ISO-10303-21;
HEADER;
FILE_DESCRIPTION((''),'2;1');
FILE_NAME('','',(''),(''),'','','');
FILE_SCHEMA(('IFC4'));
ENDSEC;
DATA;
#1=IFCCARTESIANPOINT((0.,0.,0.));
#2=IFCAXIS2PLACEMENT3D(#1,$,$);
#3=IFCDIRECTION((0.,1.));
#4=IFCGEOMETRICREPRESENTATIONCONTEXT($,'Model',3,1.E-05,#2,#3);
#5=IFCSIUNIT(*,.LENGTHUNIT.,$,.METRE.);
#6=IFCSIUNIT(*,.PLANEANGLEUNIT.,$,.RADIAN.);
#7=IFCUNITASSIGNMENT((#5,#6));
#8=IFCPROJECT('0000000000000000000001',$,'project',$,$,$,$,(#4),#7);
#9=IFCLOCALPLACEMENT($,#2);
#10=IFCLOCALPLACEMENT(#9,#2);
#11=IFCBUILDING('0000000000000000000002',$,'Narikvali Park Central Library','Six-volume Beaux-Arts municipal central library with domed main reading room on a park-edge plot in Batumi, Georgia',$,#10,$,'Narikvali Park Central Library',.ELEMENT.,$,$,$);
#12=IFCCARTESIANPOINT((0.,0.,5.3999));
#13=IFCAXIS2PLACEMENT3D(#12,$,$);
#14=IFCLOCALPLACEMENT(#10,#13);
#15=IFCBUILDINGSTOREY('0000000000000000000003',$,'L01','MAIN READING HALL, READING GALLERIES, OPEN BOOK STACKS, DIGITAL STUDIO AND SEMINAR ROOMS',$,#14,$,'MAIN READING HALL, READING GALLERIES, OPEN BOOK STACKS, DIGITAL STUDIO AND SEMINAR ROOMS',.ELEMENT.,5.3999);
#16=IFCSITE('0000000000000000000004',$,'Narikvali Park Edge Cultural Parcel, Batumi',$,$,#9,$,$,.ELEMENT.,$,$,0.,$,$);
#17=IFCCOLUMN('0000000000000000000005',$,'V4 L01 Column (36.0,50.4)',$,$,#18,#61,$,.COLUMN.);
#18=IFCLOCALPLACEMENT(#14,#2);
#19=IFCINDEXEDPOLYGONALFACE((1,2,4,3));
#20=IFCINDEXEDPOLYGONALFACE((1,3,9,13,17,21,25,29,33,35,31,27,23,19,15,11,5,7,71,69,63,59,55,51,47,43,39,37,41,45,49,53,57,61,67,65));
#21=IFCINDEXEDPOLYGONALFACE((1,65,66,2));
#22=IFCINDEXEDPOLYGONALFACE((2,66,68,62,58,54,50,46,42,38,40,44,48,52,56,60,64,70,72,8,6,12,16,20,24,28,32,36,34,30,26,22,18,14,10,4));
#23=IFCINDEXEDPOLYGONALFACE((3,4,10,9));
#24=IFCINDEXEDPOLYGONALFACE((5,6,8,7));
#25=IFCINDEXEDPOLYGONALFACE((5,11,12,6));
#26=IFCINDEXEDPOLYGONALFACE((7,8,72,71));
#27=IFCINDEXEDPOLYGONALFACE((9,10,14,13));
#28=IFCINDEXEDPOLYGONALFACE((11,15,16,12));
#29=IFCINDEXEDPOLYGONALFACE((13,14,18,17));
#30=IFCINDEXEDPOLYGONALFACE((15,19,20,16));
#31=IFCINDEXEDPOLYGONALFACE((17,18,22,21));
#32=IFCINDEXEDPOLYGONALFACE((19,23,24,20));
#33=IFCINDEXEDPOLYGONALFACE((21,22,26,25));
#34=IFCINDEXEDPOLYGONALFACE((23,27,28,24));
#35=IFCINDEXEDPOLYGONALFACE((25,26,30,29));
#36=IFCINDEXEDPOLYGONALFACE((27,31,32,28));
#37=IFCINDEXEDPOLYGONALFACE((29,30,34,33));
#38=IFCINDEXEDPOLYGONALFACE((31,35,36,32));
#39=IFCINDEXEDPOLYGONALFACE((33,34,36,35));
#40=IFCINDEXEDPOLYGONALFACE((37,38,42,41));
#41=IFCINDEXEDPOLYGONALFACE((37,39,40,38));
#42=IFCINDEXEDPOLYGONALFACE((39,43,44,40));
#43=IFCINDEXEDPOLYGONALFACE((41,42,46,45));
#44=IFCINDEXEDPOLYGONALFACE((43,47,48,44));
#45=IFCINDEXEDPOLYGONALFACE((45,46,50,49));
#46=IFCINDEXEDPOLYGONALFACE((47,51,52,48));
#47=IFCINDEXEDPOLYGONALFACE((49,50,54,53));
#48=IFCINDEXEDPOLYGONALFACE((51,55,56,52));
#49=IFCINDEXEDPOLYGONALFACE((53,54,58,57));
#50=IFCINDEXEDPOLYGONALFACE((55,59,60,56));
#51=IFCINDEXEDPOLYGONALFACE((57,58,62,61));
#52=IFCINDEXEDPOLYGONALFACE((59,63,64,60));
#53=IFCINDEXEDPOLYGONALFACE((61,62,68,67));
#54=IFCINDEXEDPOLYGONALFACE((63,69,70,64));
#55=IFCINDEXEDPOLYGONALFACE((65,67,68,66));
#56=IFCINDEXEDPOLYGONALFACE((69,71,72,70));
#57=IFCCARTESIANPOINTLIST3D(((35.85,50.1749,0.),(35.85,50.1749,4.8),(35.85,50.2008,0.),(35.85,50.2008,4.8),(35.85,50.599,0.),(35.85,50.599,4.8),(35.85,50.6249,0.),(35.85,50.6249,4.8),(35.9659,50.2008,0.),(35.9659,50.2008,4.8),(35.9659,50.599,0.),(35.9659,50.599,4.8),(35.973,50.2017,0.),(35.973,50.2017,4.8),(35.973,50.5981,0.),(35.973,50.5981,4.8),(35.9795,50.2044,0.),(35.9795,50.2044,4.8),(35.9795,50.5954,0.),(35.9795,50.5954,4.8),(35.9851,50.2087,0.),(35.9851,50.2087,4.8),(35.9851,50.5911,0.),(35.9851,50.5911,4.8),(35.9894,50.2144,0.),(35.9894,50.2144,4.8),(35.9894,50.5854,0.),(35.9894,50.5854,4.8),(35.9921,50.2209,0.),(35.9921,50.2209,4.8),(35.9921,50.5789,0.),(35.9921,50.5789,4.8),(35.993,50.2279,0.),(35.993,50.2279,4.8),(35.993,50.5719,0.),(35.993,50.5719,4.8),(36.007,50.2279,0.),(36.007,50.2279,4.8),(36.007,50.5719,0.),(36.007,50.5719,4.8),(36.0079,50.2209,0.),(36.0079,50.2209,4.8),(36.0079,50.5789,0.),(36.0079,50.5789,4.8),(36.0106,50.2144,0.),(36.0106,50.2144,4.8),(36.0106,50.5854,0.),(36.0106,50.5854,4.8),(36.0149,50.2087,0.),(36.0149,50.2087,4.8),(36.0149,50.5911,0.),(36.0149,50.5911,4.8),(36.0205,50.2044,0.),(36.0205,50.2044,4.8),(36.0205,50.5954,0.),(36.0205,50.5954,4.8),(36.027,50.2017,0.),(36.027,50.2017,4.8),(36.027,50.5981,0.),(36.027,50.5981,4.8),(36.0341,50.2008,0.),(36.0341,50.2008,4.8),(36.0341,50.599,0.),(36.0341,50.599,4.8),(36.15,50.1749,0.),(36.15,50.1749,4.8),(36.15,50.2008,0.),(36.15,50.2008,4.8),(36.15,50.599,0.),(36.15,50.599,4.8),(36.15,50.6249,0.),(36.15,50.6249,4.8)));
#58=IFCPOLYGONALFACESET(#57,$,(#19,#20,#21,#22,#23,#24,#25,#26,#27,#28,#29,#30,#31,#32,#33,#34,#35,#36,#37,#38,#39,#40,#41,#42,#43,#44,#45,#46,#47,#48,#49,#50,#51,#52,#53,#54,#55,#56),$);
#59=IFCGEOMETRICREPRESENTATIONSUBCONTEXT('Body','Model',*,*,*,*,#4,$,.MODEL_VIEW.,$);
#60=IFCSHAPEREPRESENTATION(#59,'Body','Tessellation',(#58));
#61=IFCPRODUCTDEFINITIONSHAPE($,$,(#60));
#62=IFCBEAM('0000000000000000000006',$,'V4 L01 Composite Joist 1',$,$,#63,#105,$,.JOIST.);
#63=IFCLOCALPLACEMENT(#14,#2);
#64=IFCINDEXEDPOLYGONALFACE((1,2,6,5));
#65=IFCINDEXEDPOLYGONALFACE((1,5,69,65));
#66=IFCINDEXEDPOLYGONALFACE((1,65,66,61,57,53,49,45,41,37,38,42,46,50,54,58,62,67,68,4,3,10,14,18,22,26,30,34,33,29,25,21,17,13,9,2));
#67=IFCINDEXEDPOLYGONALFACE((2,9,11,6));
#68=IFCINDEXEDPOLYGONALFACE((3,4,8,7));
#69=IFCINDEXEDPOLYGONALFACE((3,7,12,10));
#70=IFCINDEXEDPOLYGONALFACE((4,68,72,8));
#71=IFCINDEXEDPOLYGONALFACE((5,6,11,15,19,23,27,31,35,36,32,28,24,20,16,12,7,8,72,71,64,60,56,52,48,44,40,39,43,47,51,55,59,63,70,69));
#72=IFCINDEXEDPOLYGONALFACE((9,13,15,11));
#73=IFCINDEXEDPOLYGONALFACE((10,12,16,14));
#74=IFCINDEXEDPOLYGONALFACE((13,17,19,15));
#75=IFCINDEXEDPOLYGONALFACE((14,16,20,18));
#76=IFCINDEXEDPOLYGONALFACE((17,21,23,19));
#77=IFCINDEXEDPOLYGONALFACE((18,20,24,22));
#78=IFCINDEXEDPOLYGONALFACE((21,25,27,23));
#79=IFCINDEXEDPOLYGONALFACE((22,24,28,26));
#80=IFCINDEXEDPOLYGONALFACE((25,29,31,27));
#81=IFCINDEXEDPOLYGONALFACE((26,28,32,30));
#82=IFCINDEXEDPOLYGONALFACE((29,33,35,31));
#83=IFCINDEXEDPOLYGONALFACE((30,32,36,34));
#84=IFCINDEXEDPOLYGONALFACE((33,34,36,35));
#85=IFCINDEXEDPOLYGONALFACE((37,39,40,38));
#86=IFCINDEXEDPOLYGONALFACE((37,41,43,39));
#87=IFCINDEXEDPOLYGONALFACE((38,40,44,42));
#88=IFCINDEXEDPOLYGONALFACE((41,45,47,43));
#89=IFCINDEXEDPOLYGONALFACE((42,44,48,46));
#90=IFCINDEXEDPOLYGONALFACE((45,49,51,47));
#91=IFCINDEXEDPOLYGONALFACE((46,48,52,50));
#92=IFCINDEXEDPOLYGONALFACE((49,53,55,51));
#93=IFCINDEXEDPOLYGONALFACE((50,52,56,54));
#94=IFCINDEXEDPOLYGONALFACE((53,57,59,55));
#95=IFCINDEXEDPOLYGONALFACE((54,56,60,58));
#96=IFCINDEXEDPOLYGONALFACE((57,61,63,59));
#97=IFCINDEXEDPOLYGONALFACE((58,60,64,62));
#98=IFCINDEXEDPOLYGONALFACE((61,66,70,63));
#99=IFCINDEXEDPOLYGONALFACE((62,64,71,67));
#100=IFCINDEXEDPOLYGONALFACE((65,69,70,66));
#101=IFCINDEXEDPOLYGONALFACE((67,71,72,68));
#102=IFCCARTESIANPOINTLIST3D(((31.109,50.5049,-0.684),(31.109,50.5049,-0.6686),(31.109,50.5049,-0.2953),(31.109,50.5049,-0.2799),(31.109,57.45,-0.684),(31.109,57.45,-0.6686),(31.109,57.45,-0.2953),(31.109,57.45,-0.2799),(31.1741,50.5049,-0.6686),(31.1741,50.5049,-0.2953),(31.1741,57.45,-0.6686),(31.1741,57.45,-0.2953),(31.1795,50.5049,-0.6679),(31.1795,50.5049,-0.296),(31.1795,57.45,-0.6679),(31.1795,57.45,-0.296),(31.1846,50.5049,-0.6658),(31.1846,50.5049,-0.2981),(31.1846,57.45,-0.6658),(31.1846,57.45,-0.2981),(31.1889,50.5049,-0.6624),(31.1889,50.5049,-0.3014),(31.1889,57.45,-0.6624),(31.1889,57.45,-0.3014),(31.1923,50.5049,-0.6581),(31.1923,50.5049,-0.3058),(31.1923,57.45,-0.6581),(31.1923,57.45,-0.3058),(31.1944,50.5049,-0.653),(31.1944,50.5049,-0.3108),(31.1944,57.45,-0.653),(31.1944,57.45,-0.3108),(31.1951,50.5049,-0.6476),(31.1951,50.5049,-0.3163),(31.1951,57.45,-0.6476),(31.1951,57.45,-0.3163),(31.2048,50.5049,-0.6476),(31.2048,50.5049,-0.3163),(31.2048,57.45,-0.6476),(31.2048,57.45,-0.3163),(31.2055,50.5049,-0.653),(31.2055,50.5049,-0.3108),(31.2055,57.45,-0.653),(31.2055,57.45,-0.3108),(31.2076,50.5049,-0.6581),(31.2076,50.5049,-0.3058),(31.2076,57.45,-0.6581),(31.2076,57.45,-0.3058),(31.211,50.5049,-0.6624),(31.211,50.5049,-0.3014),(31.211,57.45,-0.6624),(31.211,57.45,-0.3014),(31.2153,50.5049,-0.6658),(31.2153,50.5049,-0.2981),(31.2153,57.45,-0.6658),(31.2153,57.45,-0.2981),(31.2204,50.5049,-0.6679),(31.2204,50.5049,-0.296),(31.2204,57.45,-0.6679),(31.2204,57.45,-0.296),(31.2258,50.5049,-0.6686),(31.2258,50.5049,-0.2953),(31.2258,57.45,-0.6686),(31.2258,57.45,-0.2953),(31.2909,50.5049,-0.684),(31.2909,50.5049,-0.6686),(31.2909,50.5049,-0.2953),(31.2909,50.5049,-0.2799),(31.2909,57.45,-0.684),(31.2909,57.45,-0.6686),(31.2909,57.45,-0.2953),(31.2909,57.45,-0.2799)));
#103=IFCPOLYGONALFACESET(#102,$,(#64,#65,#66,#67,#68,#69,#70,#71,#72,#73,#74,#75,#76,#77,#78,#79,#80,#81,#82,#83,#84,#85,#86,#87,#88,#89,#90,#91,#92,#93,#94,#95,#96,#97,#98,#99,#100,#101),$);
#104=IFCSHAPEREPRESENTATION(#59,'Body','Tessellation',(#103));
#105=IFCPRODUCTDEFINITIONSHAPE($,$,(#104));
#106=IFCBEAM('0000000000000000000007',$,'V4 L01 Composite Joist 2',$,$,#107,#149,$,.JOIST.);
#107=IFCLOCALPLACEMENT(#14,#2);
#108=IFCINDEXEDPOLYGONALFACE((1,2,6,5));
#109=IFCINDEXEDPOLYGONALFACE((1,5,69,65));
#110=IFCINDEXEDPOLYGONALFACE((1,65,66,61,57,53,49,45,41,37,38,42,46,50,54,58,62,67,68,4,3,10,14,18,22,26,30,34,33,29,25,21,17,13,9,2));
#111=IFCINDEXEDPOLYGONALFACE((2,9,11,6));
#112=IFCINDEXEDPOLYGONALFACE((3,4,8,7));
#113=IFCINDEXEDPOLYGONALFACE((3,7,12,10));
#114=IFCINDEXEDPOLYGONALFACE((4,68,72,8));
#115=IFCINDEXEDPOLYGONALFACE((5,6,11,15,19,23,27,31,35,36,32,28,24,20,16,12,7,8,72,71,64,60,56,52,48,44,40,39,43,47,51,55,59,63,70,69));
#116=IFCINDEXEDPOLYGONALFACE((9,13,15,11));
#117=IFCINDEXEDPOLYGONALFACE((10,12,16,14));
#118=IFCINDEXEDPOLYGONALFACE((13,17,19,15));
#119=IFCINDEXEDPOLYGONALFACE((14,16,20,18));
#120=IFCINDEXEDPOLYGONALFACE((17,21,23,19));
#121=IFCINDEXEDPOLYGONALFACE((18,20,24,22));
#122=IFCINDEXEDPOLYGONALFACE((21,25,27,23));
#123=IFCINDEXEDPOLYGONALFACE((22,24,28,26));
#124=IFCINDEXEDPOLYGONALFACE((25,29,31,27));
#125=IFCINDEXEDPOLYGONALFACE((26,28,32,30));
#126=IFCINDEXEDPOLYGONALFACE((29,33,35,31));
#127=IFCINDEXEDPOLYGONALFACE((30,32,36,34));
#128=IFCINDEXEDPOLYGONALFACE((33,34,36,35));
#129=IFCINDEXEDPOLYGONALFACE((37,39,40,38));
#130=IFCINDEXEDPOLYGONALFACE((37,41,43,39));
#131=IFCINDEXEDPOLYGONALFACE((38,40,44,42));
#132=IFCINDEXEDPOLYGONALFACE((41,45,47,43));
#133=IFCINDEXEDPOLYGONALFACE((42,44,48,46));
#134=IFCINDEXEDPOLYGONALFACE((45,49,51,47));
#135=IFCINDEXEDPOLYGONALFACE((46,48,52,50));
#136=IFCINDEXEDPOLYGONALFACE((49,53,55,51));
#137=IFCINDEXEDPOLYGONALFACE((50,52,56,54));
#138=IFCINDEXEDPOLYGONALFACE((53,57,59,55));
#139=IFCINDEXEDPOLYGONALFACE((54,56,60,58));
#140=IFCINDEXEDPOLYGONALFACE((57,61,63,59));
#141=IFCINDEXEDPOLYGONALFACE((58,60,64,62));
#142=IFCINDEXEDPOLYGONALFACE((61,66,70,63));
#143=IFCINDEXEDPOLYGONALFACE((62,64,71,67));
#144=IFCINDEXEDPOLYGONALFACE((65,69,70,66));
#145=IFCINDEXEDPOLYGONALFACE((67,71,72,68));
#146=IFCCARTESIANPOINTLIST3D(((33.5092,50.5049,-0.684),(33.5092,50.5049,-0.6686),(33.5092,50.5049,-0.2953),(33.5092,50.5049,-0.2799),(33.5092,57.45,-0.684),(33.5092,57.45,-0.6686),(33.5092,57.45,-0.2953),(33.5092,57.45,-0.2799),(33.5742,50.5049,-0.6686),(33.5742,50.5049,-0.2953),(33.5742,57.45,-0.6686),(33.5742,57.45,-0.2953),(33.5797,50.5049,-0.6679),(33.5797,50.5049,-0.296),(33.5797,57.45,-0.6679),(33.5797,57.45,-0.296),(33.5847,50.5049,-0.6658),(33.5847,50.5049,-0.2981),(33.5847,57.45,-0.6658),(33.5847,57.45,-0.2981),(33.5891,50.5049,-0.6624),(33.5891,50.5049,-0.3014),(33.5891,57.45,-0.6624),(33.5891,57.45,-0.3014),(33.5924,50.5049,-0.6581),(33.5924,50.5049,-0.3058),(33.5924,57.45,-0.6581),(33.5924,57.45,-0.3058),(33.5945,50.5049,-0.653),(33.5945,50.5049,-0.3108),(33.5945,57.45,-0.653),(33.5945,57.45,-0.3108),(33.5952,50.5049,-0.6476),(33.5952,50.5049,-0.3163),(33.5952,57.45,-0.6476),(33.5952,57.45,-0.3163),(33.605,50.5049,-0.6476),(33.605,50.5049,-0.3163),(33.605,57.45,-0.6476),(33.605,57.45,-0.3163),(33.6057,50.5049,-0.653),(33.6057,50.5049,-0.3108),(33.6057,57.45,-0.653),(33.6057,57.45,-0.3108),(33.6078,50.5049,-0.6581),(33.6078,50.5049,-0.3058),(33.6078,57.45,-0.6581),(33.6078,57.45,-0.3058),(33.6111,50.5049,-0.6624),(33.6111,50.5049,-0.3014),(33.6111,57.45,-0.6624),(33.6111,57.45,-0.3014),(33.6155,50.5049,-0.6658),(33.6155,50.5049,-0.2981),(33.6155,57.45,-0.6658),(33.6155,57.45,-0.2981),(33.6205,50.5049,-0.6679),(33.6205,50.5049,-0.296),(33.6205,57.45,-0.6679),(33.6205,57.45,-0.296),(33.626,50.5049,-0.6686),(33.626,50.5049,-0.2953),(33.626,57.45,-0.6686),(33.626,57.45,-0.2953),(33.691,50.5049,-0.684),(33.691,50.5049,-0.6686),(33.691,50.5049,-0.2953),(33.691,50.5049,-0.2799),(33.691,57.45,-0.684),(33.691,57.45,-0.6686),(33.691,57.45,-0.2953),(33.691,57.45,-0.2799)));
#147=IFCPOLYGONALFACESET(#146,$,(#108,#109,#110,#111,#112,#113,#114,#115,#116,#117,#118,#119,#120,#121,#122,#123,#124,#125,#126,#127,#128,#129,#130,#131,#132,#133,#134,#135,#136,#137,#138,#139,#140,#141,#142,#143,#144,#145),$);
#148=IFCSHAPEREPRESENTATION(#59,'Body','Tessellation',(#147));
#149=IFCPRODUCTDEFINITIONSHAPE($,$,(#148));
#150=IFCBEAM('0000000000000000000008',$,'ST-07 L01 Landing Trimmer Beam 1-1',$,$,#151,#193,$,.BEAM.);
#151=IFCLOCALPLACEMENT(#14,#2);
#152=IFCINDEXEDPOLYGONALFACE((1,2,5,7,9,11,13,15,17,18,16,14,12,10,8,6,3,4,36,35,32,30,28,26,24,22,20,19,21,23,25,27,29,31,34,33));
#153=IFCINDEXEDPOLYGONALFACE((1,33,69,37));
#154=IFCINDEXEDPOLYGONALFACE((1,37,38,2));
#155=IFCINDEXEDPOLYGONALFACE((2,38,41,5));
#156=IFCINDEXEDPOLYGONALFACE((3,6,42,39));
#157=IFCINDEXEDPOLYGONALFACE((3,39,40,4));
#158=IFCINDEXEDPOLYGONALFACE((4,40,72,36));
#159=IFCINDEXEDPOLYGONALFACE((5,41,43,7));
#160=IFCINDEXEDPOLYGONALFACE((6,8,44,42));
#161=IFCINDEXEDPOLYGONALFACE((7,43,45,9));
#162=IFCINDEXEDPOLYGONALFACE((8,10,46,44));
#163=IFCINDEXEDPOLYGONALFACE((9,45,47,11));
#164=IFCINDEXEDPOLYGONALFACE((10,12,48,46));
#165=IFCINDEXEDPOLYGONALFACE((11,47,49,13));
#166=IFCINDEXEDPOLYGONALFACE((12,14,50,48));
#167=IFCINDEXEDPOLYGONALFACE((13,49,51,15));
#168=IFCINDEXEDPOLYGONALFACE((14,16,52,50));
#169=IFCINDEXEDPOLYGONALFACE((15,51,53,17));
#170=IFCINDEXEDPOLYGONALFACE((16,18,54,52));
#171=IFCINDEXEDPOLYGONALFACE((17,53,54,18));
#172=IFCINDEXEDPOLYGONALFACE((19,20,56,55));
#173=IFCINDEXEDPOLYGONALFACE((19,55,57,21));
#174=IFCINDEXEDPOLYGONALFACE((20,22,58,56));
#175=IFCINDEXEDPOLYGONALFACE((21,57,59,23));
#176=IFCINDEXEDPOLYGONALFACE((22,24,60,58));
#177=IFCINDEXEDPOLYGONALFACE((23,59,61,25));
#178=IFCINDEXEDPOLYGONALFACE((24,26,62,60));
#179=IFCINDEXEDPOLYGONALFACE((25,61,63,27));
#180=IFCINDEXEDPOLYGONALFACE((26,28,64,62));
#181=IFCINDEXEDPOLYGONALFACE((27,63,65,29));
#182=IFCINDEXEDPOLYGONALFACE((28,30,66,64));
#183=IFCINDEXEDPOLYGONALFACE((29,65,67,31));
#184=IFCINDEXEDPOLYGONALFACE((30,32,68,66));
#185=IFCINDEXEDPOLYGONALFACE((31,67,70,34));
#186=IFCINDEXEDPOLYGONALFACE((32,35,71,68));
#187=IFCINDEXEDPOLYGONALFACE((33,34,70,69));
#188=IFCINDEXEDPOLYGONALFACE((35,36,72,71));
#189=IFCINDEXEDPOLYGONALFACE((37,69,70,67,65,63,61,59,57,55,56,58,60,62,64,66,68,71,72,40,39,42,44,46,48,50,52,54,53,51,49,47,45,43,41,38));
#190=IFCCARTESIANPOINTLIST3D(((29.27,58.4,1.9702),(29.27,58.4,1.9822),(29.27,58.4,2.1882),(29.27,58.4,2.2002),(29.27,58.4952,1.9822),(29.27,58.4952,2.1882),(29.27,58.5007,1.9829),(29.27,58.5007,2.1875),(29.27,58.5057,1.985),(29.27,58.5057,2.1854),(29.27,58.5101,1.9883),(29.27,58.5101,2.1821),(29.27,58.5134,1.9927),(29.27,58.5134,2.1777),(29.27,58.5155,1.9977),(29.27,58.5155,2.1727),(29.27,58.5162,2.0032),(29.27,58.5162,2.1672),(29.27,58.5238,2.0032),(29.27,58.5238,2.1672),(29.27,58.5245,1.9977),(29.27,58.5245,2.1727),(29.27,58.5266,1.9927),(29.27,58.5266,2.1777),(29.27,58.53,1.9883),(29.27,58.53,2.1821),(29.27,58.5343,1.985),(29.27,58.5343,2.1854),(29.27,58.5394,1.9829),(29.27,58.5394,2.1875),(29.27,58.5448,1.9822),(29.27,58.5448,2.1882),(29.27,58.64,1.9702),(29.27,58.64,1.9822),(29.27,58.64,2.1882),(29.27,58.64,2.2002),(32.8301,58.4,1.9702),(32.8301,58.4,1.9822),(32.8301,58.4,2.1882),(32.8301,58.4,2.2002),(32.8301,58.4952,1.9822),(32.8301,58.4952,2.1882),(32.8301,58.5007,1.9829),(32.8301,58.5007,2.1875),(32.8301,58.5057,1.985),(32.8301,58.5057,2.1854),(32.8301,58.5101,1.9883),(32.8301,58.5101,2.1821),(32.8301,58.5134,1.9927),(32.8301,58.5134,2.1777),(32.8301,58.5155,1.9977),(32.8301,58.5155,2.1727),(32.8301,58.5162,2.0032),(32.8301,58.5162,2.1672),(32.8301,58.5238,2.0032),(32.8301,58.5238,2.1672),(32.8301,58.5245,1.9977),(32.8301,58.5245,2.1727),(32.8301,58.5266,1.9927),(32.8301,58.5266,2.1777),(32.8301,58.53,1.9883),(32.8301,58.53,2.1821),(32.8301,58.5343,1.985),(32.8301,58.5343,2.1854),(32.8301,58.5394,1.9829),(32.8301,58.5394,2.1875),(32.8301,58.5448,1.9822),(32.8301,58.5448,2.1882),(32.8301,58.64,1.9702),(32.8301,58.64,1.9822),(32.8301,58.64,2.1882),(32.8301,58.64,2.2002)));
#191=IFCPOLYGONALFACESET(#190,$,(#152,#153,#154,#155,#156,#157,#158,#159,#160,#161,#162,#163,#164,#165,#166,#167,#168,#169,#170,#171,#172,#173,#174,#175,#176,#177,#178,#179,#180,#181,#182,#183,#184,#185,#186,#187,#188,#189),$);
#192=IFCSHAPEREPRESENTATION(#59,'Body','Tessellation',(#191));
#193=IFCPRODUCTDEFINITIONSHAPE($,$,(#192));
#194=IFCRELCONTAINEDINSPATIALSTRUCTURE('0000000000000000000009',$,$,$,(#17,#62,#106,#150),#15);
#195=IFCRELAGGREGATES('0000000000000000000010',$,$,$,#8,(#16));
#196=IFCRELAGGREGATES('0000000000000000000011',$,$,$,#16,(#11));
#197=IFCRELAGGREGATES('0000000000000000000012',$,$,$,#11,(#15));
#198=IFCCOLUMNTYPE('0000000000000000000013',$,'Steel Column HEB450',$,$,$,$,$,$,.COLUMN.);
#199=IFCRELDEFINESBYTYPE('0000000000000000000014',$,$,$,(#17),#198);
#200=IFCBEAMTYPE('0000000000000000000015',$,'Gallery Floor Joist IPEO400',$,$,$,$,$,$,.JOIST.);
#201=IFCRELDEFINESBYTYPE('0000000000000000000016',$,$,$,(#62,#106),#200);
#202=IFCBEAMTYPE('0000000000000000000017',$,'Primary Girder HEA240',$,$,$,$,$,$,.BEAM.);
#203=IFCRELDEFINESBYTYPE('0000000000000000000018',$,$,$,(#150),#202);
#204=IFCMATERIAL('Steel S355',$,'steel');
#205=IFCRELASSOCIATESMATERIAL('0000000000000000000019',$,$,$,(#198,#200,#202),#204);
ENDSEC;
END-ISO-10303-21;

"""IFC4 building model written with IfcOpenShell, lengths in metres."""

from ifc_helpers import new_model, si_unit, direction, frame, origin, origin_2d, place, context, subcontext, project, spatial, i_section, extrude, material, material_profile, profile_set, type_object, element, save


model = new_model("IFC4")

# Units and contexts
model_context = context("Model", 3, precision=1e-05, world=origin(), true_north=direction((0.0, 1.0)))
body_context = subcontext(model_context, "Body", "Model", "MODEL_VIEW")
ifc_project = project(units=[si_unit("LENGTHUNIT", "METRE"), si_unit("PLANEANGLEUNIT", "RADIAN")], contexts=[model_context])

# Site, building, storey
site_placement = place(None, origin())
site = spatial("IfcSite", under=ifc_project, at=site_placement, Name="Narikvali Park Edge Cultural Parcel, Batumi", CompositionType="ELEMENT", RefElevation=0.0)
building_placement = place(site_placement, origin())
building = spatial("IfcBuilding", under=site, at=building_placement, Name="Narikvali Park Central Library", Description="Six-volume Beaux-Arts municipal central library with domed main reading room on a park-edge plot in Batumi, Georgia", LongName="Narikvali Park Central Library", CompositionType="ELEMENT")
storey_placement = place(building_placement, frame((0.0, 0.0, 5.3999)))
storey = spatial("IfcBuildingStorey", under=building, at=storey_placement, Name="L01", Description="MAIN READING HALL, READING GALLERIES, OPEN BOOK STACKS, DIGITAL STUDIO AND SEMINAR ROOMS", LongName="MAIN READING HALL, READING GALLERIES, OPEN BOOK STACKS, DIGITAL STUDIO AND SEMINAR ROOMS", CompositionType="ELEMENT", Elevation=5.3999)

# Column
ifc_material_1 = material(Name="Steel S355", Category="steel")
ifc_material_profile_1 = material_profile(ifc_material_1, i_section(OverallWidth=0.3, OverallDepth=0.45, WebThickness=0.0139, FlangeThickness=0.0259, FilletRadius=0.0271, at=origin_2d()), Name="HEB 450")
ifc_profile_set_1 = profile_set([ifc_material_profile_1], Name="Steel S355")
column_type = type_object("IfcColumnType", Name="Steel Column HEB450", PredefinedType="COLUMN", material=ifc_profile_set_1)
column_placement = place(storey_placement, frame((36.0, 50.3999, 0.0), z_axis=(0.0, 0.0, 1.0), x_axis=(1.0, 0.0, 0.0)))
element("IfcColumn", 1, at=column_placement, inside=storey, type_object=column_type, Name="V4 L01 Column (36.0,50.4)", PredefinedType="COLUMN", context=body_context, shape_type="SweptSolid", body=[
    extrude(i_section(OverallWidth=0.3, OverallDepth=0.45, WebThickness=0.0139, FlangeThickness=0.0259, FilletRadius=0.0271, at=origin_2d()), origin(), (0.0, 0.0, 1.0), 4.8),
])

# Beams
ifc_material_profile_2 = material_profile(ifc_material_1, i_section(OverallWidth=0.1819, OverallDepth=0.4041, WebThickness=0.0098, FlangeThickness=0.0154, FilletRadius=0.021, at=origin_2d()), Name="IPEO 400")
ifc_profile_set_2 = profile_set([ifc_material_profile_2], Name="Steel S355")
beam_type_1 = type_object("IfcBeamType", Name="Gallery Floor Joist IPEO400", PredefinedType="JOIST", material=ifc_profile_set_2)
for number, where, z_axis, x_axis, name in (
    (2, (31.2, 50.5049, -0.4819), (0.0, 1.0, 0.0), (-1.0, 0.0, 0.0), "V4 L01 Composite Joist 1"),
    (3, (33.6001, 50.5049, -0.4819), (0.0, 1.0, 0.0), (-1.0, 0.0, 0.0), "V4 L01 Composite Joist 2"),
):
    element("IfcBeam", number, at=place(storey_placement, frame(where, z_axis=z_axis, x_axis=x_axis)), inside=storey, type_object=beam_type_1, Name=name, PredefinedType="JOIST", context=body_context, shape_type="SweptSolid", body=[
        extrude(i_section(OverallWidth=0.1819, OverallDepth=0.4041, WebThickness=0.0098, FlangeThickness=0.0154, FilletRadius=0.021, at=origin_2d()), origin(), (0.0, 0.0, 1.0), 6.9451),
    ])
ifc_material_profile_3 = material_profile(ifc_material_1, i_section(OverallWidth=0.24, OverallDepth=0.23, WebThickness=0.0076, FlangeThickness=0.012, FilletRadius=0.021, at=origin_2d()), Name="HEA 240")
ifc_profile_set_3 = profile_set([ifc_material_profile_3], Name="Steel S355")
beam_type_2 = type_object("IfcBeamType", Name="Primary Girder HEA240", PredefinedType="BEAM", material=ifc_profile_set_3)
for number, where, z_axis, x_axis, name in (
    (4, (29.27, 58.52, 2.0852), (1.0, 0.0, 0.0), (0.0, 1.0, 0.0), "ST-07 L01 Landing Trimmer Beam 1-1"),
):
    element("IfcBeam", number, at=place(storey_placement, frame(where, z_axis=z_axis, x_axis=x_axis)), inside=storey, type_object=beam_type_2, Name=name, PredefinedType="BEAM", context=body_context, shape_type="SweptSolid", body=[
        extrude(i_section(OverallWidth=0.24, OverallDepth=0.23, WebThickness=0.0076, FlangeThickness=0.012, FilletRadius=0.021, at=origin_2d()), origin(), (0.0, 0.0, 1.0), 3.5601),
    ])

save(model, "model.ifc")
